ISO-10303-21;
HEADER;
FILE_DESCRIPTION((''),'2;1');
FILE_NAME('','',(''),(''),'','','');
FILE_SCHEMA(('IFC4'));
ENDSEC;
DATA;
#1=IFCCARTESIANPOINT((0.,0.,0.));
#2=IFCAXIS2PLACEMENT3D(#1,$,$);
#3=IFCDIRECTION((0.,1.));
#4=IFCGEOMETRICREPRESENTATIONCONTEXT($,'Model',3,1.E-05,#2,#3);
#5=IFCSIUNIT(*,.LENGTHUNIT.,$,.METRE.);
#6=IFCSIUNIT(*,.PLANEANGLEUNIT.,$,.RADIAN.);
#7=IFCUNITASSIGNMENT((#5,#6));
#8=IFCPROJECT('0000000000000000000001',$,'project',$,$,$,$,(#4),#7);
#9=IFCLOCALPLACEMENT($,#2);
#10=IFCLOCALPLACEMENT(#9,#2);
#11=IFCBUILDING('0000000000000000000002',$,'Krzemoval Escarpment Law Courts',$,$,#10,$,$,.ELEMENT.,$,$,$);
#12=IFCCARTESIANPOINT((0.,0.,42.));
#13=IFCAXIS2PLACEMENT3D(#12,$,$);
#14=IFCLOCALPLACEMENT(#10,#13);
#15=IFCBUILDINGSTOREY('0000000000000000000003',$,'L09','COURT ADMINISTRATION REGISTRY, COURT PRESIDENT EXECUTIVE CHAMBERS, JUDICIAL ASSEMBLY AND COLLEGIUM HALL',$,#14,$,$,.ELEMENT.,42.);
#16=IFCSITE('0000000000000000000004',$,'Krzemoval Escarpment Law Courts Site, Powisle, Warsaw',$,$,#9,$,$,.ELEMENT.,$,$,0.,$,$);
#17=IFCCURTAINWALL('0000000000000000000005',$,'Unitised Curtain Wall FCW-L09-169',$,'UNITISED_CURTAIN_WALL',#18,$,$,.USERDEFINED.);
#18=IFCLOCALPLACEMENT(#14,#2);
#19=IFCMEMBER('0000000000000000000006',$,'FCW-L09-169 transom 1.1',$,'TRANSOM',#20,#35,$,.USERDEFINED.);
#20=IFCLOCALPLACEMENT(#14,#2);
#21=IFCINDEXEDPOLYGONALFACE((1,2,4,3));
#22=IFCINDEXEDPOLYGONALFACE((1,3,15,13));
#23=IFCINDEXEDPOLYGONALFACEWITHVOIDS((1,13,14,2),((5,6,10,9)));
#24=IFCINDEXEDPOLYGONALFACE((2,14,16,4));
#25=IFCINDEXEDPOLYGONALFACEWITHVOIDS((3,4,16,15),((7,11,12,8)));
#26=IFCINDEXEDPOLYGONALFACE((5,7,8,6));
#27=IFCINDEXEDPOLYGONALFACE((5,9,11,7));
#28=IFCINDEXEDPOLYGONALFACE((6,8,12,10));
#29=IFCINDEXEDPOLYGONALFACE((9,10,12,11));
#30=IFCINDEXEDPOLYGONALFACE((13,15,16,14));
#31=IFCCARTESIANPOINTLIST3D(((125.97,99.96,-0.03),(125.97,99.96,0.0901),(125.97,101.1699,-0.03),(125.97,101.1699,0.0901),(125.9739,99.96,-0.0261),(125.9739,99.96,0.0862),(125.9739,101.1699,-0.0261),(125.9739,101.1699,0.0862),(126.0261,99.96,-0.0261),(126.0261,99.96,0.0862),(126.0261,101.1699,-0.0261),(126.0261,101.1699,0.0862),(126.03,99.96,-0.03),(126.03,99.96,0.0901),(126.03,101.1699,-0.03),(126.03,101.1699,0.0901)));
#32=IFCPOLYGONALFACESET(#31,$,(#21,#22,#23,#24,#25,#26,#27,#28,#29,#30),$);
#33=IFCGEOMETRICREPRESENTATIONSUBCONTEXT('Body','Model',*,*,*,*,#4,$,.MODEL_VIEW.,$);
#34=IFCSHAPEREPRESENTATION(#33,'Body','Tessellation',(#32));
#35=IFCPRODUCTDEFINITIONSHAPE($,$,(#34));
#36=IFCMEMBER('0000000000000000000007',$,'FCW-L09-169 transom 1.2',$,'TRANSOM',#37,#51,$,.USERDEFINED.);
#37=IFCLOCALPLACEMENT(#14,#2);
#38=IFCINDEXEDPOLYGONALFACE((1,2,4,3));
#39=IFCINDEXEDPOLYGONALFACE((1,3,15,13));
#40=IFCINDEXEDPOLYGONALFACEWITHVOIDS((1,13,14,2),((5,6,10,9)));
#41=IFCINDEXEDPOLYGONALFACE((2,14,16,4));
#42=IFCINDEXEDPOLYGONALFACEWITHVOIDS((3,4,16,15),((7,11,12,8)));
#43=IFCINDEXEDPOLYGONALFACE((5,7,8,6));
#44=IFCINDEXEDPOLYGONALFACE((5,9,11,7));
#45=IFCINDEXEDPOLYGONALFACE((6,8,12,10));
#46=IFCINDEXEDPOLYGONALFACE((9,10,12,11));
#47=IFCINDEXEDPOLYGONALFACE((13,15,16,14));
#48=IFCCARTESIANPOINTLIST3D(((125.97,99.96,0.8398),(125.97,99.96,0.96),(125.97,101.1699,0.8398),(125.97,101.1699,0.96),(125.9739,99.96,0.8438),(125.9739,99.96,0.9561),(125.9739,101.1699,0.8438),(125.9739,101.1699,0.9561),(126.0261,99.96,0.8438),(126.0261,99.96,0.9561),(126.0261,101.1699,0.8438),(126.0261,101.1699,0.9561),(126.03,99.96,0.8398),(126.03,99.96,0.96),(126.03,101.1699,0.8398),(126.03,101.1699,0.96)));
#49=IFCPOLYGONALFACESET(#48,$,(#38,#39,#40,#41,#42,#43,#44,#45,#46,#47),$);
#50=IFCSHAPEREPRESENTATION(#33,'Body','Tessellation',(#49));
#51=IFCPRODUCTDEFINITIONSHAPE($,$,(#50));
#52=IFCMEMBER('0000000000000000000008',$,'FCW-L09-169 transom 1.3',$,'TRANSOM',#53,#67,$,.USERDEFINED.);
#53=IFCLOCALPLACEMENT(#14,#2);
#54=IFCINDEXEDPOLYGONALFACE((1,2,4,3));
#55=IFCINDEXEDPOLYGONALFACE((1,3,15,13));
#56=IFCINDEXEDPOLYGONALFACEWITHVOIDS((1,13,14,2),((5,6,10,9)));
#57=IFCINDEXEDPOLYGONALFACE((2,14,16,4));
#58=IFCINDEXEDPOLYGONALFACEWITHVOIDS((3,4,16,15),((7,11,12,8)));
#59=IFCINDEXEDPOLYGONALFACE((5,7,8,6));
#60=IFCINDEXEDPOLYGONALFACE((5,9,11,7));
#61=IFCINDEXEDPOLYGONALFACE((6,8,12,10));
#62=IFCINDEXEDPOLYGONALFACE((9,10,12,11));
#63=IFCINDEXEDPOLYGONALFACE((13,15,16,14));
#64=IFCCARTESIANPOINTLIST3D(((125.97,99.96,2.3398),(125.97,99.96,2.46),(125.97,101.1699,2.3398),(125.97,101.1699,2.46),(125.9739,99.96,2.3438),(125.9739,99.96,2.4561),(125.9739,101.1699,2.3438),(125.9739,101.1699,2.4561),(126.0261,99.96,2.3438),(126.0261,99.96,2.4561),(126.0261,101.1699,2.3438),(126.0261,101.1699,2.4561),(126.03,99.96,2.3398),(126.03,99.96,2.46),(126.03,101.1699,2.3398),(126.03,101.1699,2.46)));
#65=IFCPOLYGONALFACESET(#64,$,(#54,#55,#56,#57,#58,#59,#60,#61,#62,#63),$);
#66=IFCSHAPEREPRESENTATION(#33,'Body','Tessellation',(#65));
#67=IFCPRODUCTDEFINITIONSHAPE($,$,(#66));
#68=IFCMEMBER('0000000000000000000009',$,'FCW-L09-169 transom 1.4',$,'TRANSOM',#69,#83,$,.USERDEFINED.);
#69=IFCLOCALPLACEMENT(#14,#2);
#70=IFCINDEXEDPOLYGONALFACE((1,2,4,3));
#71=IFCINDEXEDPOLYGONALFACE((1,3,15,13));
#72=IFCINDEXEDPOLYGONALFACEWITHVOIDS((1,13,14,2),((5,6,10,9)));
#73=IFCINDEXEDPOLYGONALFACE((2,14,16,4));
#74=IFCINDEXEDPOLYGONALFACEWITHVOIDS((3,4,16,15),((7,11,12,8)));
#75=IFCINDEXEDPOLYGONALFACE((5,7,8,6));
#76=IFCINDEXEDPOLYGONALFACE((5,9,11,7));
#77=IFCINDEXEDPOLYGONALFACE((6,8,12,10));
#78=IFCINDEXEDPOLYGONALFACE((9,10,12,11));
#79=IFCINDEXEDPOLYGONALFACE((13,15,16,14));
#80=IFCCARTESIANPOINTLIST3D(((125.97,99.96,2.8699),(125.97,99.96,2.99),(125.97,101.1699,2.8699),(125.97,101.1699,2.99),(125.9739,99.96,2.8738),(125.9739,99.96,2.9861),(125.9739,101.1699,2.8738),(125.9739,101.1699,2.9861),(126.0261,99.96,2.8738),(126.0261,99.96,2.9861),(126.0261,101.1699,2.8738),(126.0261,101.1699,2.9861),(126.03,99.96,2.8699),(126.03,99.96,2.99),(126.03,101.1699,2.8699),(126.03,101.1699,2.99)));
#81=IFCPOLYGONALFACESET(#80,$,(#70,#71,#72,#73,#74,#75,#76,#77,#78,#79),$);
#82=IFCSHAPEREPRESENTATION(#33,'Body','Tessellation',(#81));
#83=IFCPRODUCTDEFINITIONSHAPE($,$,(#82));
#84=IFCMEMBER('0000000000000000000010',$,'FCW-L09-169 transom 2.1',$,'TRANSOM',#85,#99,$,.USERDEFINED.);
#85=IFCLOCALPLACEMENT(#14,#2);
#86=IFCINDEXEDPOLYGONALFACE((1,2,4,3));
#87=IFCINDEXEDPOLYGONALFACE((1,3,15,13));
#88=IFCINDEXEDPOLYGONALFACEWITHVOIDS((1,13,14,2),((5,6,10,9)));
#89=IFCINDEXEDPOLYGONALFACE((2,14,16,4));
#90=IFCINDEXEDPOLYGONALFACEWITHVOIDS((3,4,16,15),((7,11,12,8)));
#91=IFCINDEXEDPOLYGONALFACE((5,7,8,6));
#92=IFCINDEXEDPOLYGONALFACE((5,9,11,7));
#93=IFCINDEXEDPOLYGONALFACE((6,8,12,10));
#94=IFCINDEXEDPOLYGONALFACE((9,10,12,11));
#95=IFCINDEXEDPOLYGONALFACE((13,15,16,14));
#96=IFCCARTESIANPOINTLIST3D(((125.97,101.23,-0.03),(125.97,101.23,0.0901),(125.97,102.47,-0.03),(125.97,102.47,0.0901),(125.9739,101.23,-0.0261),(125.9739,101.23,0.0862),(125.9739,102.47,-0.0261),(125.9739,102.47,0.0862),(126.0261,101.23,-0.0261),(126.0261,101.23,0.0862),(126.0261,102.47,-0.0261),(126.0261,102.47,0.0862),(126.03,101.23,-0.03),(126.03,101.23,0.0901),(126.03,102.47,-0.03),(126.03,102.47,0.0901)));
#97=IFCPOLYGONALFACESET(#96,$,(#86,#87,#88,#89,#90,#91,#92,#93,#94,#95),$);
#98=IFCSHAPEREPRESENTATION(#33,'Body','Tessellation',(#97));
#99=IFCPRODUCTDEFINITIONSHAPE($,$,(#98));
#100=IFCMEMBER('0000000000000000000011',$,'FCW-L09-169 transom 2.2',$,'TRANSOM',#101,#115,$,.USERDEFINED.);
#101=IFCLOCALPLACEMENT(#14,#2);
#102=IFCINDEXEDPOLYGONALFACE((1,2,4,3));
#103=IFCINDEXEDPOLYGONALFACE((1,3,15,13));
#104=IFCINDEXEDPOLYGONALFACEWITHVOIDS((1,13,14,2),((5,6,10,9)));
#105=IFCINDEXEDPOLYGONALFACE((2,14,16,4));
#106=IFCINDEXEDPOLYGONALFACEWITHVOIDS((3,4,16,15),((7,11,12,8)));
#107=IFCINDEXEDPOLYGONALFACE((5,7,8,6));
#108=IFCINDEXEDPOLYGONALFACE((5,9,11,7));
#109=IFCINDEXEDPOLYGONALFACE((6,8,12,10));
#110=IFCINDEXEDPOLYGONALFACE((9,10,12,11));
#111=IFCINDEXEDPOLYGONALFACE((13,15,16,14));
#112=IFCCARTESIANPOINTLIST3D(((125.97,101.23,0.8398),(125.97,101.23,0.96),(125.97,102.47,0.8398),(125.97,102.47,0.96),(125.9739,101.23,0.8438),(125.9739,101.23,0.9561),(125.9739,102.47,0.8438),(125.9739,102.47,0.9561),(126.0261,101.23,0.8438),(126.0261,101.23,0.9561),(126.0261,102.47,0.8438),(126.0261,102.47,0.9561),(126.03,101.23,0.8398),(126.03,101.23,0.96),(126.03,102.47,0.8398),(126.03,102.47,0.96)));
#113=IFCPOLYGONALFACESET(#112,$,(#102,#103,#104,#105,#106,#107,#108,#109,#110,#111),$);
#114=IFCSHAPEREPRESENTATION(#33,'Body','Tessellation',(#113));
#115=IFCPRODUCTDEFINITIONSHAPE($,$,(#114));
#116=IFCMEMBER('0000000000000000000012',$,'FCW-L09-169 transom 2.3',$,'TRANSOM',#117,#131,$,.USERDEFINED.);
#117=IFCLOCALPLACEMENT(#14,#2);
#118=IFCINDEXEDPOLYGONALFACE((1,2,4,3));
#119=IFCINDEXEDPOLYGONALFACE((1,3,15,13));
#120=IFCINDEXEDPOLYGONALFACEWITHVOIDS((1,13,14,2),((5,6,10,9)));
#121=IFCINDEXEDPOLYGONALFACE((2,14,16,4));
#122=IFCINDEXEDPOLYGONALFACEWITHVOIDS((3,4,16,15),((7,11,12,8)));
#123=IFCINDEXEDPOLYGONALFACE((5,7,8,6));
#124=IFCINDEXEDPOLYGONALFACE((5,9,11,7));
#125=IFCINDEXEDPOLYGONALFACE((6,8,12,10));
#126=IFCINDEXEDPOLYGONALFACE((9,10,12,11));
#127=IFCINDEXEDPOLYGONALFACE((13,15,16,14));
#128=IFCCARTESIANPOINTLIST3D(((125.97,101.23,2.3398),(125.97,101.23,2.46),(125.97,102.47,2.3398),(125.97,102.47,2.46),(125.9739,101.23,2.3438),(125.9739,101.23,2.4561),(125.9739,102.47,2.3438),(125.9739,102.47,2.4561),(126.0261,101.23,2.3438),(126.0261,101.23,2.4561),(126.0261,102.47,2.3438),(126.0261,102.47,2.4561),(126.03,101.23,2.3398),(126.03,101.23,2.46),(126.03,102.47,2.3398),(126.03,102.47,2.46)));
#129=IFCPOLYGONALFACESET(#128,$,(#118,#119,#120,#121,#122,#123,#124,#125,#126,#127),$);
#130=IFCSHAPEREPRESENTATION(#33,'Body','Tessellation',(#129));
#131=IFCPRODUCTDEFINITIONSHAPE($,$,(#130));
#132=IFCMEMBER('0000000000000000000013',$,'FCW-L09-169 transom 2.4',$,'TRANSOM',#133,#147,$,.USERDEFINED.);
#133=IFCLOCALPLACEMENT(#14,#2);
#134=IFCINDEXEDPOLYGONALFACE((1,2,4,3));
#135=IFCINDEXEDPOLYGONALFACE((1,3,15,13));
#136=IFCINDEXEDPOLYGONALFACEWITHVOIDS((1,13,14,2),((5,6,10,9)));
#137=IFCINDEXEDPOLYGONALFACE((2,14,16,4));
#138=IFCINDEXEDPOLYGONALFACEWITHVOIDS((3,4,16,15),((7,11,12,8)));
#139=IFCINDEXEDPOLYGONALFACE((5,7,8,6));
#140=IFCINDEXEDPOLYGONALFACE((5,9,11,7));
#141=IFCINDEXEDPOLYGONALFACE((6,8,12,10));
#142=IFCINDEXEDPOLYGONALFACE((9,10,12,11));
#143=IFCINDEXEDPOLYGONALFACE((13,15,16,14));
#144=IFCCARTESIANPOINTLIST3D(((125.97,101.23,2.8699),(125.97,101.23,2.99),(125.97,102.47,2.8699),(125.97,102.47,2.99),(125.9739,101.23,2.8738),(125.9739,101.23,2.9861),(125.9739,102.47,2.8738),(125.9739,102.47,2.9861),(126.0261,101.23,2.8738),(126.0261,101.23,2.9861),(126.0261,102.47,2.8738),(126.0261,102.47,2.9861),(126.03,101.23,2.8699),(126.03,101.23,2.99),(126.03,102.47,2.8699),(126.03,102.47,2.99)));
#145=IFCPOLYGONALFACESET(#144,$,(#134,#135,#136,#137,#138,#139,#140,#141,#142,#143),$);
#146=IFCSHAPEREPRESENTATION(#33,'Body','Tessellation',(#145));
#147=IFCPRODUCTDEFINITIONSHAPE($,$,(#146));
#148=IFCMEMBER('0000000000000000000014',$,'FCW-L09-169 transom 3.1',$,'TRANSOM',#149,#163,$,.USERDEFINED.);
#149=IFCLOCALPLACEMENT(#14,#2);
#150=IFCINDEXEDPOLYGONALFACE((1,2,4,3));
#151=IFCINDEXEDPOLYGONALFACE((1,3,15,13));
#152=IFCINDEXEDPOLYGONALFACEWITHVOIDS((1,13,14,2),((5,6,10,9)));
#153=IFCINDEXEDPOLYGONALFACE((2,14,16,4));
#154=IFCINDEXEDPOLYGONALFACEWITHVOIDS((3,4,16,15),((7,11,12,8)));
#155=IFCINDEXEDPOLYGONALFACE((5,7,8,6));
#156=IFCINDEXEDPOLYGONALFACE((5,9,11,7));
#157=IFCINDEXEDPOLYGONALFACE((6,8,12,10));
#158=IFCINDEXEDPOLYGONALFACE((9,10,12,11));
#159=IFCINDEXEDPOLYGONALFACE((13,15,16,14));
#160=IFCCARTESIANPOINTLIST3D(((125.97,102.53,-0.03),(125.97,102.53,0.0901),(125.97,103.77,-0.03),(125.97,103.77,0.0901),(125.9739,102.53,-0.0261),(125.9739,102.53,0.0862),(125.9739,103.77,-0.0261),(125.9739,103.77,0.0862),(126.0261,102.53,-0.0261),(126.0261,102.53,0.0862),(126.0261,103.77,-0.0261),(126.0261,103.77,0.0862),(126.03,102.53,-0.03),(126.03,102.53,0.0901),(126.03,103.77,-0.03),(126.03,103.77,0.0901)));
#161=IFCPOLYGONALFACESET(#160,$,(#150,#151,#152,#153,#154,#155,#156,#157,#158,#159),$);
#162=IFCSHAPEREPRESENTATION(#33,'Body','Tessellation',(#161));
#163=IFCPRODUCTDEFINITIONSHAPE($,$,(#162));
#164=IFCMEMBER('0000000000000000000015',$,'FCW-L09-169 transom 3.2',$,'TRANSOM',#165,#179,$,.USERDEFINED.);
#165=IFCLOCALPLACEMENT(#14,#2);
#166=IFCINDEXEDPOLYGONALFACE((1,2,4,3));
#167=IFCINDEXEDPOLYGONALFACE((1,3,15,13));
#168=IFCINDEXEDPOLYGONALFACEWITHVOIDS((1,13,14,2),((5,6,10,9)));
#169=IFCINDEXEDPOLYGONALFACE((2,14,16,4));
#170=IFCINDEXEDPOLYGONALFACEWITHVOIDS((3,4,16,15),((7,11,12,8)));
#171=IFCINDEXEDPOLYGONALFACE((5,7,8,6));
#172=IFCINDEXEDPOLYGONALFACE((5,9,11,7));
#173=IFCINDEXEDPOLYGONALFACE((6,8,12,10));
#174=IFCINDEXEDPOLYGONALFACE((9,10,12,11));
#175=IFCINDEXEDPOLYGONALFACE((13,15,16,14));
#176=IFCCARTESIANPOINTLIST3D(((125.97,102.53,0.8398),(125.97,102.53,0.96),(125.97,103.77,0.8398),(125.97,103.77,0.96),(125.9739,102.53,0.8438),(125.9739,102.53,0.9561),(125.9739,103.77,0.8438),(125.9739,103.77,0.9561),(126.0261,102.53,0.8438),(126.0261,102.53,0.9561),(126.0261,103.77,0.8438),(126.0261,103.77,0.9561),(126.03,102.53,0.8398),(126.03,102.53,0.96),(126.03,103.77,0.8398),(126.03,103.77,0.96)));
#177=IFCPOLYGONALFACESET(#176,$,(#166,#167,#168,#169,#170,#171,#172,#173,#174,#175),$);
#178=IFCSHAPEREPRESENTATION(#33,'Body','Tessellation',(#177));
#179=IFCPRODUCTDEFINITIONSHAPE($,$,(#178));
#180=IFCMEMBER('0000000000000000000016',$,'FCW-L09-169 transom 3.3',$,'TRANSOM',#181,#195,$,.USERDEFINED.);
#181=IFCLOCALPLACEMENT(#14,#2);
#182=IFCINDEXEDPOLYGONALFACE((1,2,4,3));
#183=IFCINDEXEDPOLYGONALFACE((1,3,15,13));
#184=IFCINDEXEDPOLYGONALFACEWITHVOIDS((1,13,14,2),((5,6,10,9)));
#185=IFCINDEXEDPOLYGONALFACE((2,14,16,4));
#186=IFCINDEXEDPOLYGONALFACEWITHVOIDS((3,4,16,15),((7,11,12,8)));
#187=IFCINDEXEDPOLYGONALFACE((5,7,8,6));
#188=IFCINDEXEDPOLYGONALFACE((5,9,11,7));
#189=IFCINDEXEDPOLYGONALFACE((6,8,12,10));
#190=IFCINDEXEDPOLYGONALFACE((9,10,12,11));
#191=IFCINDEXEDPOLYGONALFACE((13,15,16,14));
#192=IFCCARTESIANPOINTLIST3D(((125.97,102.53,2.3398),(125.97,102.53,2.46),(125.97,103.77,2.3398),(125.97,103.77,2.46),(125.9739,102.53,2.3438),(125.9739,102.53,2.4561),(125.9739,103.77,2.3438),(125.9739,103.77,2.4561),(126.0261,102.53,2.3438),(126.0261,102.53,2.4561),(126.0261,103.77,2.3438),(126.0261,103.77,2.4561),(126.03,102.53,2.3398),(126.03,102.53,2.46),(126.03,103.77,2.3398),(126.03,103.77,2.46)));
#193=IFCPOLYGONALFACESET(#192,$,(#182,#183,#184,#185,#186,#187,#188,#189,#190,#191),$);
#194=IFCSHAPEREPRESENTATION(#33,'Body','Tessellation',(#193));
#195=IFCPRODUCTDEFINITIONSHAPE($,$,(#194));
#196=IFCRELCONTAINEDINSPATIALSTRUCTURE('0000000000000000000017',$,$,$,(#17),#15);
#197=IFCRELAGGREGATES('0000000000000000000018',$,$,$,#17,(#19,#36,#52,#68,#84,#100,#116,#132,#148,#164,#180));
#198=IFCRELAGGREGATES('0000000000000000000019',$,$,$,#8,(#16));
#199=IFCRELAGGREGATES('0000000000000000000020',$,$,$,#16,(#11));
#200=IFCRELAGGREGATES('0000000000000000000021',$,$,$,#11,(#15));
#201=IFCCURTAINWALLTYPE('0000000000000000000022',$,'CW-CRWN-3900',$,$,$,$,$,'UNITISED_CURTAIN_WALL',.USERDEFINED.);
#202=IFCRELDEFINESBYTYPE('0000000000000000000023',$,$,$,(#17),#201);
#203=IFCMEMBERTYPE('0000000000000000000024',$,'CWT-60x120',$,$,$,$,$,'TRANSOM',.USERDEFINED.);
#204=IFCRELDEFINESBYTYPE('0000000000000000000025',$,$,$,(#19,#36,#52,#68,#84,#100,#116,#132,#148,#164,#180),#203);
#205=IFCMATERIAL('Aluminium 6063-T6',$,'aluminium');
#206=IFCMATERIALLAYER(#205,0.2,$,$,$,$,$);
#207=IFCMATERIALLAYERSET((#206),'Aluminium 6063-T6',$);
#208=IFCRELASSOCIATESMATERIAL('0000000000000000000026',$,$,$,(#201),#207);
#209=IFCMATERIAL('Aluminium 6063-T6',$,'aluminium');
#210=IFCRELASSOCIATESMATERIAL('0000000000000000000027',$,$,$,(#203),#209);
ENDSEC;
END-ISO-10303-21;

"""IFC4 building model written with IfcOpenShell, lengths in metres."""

from ifc_helpers import new_model, si_unit, direction, frame, origin, origin_2d, place, context, subcontext, project, spatial, hollow_rectangle, extrude, material, layer, layer_set, material_profile, profile_set, type_object, element, aggregate, save


model = new_model("IFC4")

# Units and contexts
model_context = context("Model", 3, precision=1e-05, world=origin(), true_north=direction((0.0, 1.0)))
body_context = subcontext(model_context, "Body", "Model", "MODEL_VIEW")
ifc_project = project(units=[si_unit("LENGTHUNIT", "METRE"), si_unit("PLANEANGLEUNIT", "RADIAN")], contexts=[model_context])

# Site, building, storey
site_placement = place(None, origin())
site = spatial("IfcSite", under=ifc_project, at=site_placement, Name="Krzemoval Escarpment Law Courts Site, Powisle, Warsaw", CompositionType="ELEMENT", RefElevation=0.0)
building_placement = place(site_placement, origin())
building = spatial("IfcBuilding", under=site, at=building_placement, Name="Krzemoval Escarpment Law Courts", CompositionType="ELEMENT")
storey_placement = place(building_placement, frame((0.0, 0.0, 42.0)))
storey = spatial("IfcBuildingStorey", under=building, at=storey_placement, Name="L09", Description="COURT ADMINISTRATION REGISTRY, COURT PRESIDENT EXECUTIVE CHAMBERS, JUDICIAL ASSEMBLY AND COLLEGIUM HALL", CompositionType="ELEMENT", Elevation=42.0)

# Curtain wall, members
ifc_material_1 = material(Name="Aluminium 6063-T6", Category="aluminium")
ifc_layer_1 = layer(ifc_material_1, 0.2)
ifc_layer_set_1 = layer_set([ifc_layer_1], Name="Aluminium 6063-T6")
curtain_wall_type = type_object("IfcCurtainWallType", Name="CW-CRWN-3900", ElementType="UNITISED_CURTAIN_WALL", PredefinedType="USERDEFINED", material=ifc_layer_set_1)
curtain_wall_placement = place(storey_placement, origin())
curtain_wall = element("IfcCurtainWall", 1, at=curtain_wall_placement, inside=storey, type_object=curtain_wall_type, Name="Unitised Curtain Wall FCW-L09-169", ObjectType="UNITISED_CURTAIN_WALL", PredefinedType="USERDEFINED")
ifc_material_2 = material(Name="Aluminium 6063-T6", Category="aluminium")
ifc_material_profile = material_profile(ifc_material_2, hollow_rectangle(XDim=0.0601, YDim=0.1201, WallThickness=0.0039, at=origin_2d()), Name="ALU T60x120")
ifc_profile_set = profile_set([ifc_material_profile], Name="Aluminium 6063-T6")
member_type = type_object("IfcMemberType", Name="CWT-60x120", ElementType="TRANSOM", PredefinedType="USERDEFINED", material=ifc_profile_set)
member_1_placement = place(storey_placement, frame((126.0, 99.96, 0.03), z_axis=(0.0, 1.0, 0.0), x_axis=(-1.0, 0.0, 0.0)))
member_1 = element("IfcMember", 2, at=member_1_placement, type_object=member_type, Name="FCW-L09-169 transom 1.1", ObjectType="TRANSOM", PredefinedType="USERDEFINED", context=body_context, shape_type="SweptSolid", body=[
    extrude(hollow_rectangle(XDim=0.0601, YDim=0.1201, WallThickness=0.0039, at=origin_2d()), origin(), (0.0, 0.0, 1.0), 1.21),
])
member_2_placement = place(storey_placement, frame((126.0, 99.96, 0.8999), z_axis=(0.0, 1.0, 0.0), x_axis=(-1.0, 0.0, 0.0)))
member_2 = element("IfcMember", 3, at=member_2_placement, type_object=member_type, Name="FCW-L09-169 transom 1.2", ObjectType="TRANSOM", PredefinedType="USERDEFINED", context=body_context, shape_type="SweptSolid", body=[
    extrude(hollow_rectangle(XDim=0.0601, YDim=0.1201, WallThickness=0.0039, at=origin_2d()), origin(), (0.0, 0.0, 1.0), 1.21),
])
member_3_placement = place(storey_placement, frame((126.0, 99.96, 2.3999), z_axis=(0.0, 1.0, 0.0), x_axis=(-1.0, 0.0, 0.0)))
member_3 = element("IfcMember", 4, at=member_3_placement, type_object=member_type, Name="FCW-L09-169 transom 1.3", ObjectType="TRANSOM", PredefinedType="USERDEFINED", context=body_context, shape_type="SweptSolid", body=[
    extrude(hollow_rectangle(XDim=0.0601, YDim=0.1201, WallThickness=0.0039, at=origin_2d()), origin(), (0.0, 0.0, 1.0), 1.21),
])
member_4_placement = place(storey_placement, frame((126.0, 99.96, 2.9299), z_axis=(0.0, 1.0, 0.0), x_axis=(-1.0, 0.0, 0.0)))
member_4 = element("IfcMember", 5, at=member_4_placement, type_object=member_type, Name="FCW-L09-169 transom 1.4", ObjectType="TRANSOM", PredefinedType="USERDEFINED", context=body_context, shape_type="SweptSolid", body=[
    extrude(hollow_rectangle(XDim=0.0601, YDim=0.1201, WallThickness=0.0039, at=origin_2d()), origin(), (0.0, 0.0, 1.0), 1.21),
])
member_5_placement = place(storey_placement, frame((126.0, 101.23, 0.03), z_axis=(0.0, 1.0, 0.0), x_axis=(-1.0, 0.0, 0.0)))
member_5 = element("IfcMember", 6, at=member_5_placement, type_object=member_type, Name="FCW-L09-169 transom 2.1", ObjectType="TRANSOM", PredefinedType="USERDEFINED", context=body_context, shape_type="SweptSolid", body=[
    extrude(hollow_rectangle(XDim=0.0601, YDim=0.1201, WallThickness=0.0039, at=origin_2d()), origin(), (0.0, 0.0, 1.0), 1.24),
])
member_6_placement = place(storey_placement, frame((126.0, 101.23, 0.8999), z_axis=(0.0, 1.0, 0.0), x_axis=(-1.0, 0.0, 0.0)))
member_6 = element("IfcMember", 7, at=member_6_placement, type_object=member_type, Name="FCW-L09-169 transom 2.2", ObjectType="TRANSOM", PredefinedType="USERDEFINED", context=body_context, shape_type="SweptSolid", body=[
    extrude(hollow_rectangle(XDim=0.0601, YDim=0.1201, WallThickness=0.0039, at=origin_2d()), origin(), (0.0, 0.0, 1.0), 1.24),
])
member_7_placement = place(storey_placement, frame((126.0, 101.23, 2.3999), z_axis=(0.0, 1.0, 0.0), x_axis=(-1.0, 0.0, 0.0)))
member_7 = element("IfcMember", 8, at=member_7_placement, type_object=member_type, Name="FCW-L09-169 transom 2.3", ObjectType="TRANSOM", PredefinedType="USERDEFINED", context=body_context, shape_type="SweptSolid", body=[
    extrude(hollow_rectangle(XDim=0.0601, YDim=0.1201, WallThickness=0.0039, at=origin_2d()), origin(), (0.0, 0.0, 1.0), 1.24),
])
member_8_placement = place(storey_placement, frame((126.0, 101.23, 2.9299), z_axis=(0.0, 1.0, 0.0), x_axis=(-1.0, 0.0, 0.0)))
member_8 = element("IfcMember", 9, at=member_8_placement, type_object=member_type, Name="FCW-L09-169 transom 2.4", ObjectType="TRANSOM", PredefinedType="USERDEFINED", context=body_context, shape_type="SweptSolid", body=[
    extrude(hollow_rectangle(XDim=0.0601, YDim=0.1201, WallThickness=0.0039, at=origin_2d()), origin(), (0.0, 0.0, 1.0), 1.24),
])
member_9_placement = place(storey_placement, frame((126.0, 102.53, 0.03), z_axis=(0.0, 1.0, 0.0), x_axis=(-1.0, 0.0, 0.0)))
member_9 = element("IfcMember", 10, at=member_9_placement, type_object=member_type, Name="FCW-L09-169 transom 3.1", ObjectType="TRANSOM", PredefinedType="USERDEFINED", context=body_context, shape_type="SweptSolid", body=[
    extrude(hollow_rectangle(XDim=0.0601, YDim=0.1201, WallThickness=0.0039, at=origin_2d()), origin(), (0.0, 0.0, 1.0), 1.24),
])
member_10_placement = place(storey_placement, frame((126.0, 102.53, 0.8999), z_axis=(0.0, 1.0, 0.0), x_axis=(-1.0, 0.0, 0.0)))
member_10 = element("IfcMember", 11, at=member_10_placement, type_object=member_type, Name="FCW-L09-169 transom 3.2", ObjectType="TRANSOM", PredefinedType="USERDEFINED", context=body_context, shape_type="SweptSolid", body=[
    extrude(hollow_rectangle(XDim=0.0601, YDim=0.1201, WallThickness=0.0039, at=origin_2d()), origin(), (0.0, 0.0, 1.0), 1.24),
])
member_11_placement = place(storey_placement, frame((126.0, 102.53, 2.3999), z_axis=(0.0, 1.0, 0.0), x_axis=(-1.0, 0.0, 0.0)))
member_11 = element("IfcMember", 12, at=member_11_placement, type_object=member_type, Name="FCW-L09-169 transom 3.3", ObjectType="TRANSOM", PredefinedType="USERDEFINED", context=body_context, shape_type="SweptSolid", body=[
    extrude(hollow_rectangle(XDim=0.0601, YDim=0.1201, WallThickness=0.0039, at=origin_2d()), origin(), (0.0, 0.0, 1.0), 1.24),
])
aggregate(curtain_wall, [member_1, member_2, member_3, member_4, member_5, member_6, member_7, member_8, member_9, member_10, member_11])

save(model, "model.ifc")
